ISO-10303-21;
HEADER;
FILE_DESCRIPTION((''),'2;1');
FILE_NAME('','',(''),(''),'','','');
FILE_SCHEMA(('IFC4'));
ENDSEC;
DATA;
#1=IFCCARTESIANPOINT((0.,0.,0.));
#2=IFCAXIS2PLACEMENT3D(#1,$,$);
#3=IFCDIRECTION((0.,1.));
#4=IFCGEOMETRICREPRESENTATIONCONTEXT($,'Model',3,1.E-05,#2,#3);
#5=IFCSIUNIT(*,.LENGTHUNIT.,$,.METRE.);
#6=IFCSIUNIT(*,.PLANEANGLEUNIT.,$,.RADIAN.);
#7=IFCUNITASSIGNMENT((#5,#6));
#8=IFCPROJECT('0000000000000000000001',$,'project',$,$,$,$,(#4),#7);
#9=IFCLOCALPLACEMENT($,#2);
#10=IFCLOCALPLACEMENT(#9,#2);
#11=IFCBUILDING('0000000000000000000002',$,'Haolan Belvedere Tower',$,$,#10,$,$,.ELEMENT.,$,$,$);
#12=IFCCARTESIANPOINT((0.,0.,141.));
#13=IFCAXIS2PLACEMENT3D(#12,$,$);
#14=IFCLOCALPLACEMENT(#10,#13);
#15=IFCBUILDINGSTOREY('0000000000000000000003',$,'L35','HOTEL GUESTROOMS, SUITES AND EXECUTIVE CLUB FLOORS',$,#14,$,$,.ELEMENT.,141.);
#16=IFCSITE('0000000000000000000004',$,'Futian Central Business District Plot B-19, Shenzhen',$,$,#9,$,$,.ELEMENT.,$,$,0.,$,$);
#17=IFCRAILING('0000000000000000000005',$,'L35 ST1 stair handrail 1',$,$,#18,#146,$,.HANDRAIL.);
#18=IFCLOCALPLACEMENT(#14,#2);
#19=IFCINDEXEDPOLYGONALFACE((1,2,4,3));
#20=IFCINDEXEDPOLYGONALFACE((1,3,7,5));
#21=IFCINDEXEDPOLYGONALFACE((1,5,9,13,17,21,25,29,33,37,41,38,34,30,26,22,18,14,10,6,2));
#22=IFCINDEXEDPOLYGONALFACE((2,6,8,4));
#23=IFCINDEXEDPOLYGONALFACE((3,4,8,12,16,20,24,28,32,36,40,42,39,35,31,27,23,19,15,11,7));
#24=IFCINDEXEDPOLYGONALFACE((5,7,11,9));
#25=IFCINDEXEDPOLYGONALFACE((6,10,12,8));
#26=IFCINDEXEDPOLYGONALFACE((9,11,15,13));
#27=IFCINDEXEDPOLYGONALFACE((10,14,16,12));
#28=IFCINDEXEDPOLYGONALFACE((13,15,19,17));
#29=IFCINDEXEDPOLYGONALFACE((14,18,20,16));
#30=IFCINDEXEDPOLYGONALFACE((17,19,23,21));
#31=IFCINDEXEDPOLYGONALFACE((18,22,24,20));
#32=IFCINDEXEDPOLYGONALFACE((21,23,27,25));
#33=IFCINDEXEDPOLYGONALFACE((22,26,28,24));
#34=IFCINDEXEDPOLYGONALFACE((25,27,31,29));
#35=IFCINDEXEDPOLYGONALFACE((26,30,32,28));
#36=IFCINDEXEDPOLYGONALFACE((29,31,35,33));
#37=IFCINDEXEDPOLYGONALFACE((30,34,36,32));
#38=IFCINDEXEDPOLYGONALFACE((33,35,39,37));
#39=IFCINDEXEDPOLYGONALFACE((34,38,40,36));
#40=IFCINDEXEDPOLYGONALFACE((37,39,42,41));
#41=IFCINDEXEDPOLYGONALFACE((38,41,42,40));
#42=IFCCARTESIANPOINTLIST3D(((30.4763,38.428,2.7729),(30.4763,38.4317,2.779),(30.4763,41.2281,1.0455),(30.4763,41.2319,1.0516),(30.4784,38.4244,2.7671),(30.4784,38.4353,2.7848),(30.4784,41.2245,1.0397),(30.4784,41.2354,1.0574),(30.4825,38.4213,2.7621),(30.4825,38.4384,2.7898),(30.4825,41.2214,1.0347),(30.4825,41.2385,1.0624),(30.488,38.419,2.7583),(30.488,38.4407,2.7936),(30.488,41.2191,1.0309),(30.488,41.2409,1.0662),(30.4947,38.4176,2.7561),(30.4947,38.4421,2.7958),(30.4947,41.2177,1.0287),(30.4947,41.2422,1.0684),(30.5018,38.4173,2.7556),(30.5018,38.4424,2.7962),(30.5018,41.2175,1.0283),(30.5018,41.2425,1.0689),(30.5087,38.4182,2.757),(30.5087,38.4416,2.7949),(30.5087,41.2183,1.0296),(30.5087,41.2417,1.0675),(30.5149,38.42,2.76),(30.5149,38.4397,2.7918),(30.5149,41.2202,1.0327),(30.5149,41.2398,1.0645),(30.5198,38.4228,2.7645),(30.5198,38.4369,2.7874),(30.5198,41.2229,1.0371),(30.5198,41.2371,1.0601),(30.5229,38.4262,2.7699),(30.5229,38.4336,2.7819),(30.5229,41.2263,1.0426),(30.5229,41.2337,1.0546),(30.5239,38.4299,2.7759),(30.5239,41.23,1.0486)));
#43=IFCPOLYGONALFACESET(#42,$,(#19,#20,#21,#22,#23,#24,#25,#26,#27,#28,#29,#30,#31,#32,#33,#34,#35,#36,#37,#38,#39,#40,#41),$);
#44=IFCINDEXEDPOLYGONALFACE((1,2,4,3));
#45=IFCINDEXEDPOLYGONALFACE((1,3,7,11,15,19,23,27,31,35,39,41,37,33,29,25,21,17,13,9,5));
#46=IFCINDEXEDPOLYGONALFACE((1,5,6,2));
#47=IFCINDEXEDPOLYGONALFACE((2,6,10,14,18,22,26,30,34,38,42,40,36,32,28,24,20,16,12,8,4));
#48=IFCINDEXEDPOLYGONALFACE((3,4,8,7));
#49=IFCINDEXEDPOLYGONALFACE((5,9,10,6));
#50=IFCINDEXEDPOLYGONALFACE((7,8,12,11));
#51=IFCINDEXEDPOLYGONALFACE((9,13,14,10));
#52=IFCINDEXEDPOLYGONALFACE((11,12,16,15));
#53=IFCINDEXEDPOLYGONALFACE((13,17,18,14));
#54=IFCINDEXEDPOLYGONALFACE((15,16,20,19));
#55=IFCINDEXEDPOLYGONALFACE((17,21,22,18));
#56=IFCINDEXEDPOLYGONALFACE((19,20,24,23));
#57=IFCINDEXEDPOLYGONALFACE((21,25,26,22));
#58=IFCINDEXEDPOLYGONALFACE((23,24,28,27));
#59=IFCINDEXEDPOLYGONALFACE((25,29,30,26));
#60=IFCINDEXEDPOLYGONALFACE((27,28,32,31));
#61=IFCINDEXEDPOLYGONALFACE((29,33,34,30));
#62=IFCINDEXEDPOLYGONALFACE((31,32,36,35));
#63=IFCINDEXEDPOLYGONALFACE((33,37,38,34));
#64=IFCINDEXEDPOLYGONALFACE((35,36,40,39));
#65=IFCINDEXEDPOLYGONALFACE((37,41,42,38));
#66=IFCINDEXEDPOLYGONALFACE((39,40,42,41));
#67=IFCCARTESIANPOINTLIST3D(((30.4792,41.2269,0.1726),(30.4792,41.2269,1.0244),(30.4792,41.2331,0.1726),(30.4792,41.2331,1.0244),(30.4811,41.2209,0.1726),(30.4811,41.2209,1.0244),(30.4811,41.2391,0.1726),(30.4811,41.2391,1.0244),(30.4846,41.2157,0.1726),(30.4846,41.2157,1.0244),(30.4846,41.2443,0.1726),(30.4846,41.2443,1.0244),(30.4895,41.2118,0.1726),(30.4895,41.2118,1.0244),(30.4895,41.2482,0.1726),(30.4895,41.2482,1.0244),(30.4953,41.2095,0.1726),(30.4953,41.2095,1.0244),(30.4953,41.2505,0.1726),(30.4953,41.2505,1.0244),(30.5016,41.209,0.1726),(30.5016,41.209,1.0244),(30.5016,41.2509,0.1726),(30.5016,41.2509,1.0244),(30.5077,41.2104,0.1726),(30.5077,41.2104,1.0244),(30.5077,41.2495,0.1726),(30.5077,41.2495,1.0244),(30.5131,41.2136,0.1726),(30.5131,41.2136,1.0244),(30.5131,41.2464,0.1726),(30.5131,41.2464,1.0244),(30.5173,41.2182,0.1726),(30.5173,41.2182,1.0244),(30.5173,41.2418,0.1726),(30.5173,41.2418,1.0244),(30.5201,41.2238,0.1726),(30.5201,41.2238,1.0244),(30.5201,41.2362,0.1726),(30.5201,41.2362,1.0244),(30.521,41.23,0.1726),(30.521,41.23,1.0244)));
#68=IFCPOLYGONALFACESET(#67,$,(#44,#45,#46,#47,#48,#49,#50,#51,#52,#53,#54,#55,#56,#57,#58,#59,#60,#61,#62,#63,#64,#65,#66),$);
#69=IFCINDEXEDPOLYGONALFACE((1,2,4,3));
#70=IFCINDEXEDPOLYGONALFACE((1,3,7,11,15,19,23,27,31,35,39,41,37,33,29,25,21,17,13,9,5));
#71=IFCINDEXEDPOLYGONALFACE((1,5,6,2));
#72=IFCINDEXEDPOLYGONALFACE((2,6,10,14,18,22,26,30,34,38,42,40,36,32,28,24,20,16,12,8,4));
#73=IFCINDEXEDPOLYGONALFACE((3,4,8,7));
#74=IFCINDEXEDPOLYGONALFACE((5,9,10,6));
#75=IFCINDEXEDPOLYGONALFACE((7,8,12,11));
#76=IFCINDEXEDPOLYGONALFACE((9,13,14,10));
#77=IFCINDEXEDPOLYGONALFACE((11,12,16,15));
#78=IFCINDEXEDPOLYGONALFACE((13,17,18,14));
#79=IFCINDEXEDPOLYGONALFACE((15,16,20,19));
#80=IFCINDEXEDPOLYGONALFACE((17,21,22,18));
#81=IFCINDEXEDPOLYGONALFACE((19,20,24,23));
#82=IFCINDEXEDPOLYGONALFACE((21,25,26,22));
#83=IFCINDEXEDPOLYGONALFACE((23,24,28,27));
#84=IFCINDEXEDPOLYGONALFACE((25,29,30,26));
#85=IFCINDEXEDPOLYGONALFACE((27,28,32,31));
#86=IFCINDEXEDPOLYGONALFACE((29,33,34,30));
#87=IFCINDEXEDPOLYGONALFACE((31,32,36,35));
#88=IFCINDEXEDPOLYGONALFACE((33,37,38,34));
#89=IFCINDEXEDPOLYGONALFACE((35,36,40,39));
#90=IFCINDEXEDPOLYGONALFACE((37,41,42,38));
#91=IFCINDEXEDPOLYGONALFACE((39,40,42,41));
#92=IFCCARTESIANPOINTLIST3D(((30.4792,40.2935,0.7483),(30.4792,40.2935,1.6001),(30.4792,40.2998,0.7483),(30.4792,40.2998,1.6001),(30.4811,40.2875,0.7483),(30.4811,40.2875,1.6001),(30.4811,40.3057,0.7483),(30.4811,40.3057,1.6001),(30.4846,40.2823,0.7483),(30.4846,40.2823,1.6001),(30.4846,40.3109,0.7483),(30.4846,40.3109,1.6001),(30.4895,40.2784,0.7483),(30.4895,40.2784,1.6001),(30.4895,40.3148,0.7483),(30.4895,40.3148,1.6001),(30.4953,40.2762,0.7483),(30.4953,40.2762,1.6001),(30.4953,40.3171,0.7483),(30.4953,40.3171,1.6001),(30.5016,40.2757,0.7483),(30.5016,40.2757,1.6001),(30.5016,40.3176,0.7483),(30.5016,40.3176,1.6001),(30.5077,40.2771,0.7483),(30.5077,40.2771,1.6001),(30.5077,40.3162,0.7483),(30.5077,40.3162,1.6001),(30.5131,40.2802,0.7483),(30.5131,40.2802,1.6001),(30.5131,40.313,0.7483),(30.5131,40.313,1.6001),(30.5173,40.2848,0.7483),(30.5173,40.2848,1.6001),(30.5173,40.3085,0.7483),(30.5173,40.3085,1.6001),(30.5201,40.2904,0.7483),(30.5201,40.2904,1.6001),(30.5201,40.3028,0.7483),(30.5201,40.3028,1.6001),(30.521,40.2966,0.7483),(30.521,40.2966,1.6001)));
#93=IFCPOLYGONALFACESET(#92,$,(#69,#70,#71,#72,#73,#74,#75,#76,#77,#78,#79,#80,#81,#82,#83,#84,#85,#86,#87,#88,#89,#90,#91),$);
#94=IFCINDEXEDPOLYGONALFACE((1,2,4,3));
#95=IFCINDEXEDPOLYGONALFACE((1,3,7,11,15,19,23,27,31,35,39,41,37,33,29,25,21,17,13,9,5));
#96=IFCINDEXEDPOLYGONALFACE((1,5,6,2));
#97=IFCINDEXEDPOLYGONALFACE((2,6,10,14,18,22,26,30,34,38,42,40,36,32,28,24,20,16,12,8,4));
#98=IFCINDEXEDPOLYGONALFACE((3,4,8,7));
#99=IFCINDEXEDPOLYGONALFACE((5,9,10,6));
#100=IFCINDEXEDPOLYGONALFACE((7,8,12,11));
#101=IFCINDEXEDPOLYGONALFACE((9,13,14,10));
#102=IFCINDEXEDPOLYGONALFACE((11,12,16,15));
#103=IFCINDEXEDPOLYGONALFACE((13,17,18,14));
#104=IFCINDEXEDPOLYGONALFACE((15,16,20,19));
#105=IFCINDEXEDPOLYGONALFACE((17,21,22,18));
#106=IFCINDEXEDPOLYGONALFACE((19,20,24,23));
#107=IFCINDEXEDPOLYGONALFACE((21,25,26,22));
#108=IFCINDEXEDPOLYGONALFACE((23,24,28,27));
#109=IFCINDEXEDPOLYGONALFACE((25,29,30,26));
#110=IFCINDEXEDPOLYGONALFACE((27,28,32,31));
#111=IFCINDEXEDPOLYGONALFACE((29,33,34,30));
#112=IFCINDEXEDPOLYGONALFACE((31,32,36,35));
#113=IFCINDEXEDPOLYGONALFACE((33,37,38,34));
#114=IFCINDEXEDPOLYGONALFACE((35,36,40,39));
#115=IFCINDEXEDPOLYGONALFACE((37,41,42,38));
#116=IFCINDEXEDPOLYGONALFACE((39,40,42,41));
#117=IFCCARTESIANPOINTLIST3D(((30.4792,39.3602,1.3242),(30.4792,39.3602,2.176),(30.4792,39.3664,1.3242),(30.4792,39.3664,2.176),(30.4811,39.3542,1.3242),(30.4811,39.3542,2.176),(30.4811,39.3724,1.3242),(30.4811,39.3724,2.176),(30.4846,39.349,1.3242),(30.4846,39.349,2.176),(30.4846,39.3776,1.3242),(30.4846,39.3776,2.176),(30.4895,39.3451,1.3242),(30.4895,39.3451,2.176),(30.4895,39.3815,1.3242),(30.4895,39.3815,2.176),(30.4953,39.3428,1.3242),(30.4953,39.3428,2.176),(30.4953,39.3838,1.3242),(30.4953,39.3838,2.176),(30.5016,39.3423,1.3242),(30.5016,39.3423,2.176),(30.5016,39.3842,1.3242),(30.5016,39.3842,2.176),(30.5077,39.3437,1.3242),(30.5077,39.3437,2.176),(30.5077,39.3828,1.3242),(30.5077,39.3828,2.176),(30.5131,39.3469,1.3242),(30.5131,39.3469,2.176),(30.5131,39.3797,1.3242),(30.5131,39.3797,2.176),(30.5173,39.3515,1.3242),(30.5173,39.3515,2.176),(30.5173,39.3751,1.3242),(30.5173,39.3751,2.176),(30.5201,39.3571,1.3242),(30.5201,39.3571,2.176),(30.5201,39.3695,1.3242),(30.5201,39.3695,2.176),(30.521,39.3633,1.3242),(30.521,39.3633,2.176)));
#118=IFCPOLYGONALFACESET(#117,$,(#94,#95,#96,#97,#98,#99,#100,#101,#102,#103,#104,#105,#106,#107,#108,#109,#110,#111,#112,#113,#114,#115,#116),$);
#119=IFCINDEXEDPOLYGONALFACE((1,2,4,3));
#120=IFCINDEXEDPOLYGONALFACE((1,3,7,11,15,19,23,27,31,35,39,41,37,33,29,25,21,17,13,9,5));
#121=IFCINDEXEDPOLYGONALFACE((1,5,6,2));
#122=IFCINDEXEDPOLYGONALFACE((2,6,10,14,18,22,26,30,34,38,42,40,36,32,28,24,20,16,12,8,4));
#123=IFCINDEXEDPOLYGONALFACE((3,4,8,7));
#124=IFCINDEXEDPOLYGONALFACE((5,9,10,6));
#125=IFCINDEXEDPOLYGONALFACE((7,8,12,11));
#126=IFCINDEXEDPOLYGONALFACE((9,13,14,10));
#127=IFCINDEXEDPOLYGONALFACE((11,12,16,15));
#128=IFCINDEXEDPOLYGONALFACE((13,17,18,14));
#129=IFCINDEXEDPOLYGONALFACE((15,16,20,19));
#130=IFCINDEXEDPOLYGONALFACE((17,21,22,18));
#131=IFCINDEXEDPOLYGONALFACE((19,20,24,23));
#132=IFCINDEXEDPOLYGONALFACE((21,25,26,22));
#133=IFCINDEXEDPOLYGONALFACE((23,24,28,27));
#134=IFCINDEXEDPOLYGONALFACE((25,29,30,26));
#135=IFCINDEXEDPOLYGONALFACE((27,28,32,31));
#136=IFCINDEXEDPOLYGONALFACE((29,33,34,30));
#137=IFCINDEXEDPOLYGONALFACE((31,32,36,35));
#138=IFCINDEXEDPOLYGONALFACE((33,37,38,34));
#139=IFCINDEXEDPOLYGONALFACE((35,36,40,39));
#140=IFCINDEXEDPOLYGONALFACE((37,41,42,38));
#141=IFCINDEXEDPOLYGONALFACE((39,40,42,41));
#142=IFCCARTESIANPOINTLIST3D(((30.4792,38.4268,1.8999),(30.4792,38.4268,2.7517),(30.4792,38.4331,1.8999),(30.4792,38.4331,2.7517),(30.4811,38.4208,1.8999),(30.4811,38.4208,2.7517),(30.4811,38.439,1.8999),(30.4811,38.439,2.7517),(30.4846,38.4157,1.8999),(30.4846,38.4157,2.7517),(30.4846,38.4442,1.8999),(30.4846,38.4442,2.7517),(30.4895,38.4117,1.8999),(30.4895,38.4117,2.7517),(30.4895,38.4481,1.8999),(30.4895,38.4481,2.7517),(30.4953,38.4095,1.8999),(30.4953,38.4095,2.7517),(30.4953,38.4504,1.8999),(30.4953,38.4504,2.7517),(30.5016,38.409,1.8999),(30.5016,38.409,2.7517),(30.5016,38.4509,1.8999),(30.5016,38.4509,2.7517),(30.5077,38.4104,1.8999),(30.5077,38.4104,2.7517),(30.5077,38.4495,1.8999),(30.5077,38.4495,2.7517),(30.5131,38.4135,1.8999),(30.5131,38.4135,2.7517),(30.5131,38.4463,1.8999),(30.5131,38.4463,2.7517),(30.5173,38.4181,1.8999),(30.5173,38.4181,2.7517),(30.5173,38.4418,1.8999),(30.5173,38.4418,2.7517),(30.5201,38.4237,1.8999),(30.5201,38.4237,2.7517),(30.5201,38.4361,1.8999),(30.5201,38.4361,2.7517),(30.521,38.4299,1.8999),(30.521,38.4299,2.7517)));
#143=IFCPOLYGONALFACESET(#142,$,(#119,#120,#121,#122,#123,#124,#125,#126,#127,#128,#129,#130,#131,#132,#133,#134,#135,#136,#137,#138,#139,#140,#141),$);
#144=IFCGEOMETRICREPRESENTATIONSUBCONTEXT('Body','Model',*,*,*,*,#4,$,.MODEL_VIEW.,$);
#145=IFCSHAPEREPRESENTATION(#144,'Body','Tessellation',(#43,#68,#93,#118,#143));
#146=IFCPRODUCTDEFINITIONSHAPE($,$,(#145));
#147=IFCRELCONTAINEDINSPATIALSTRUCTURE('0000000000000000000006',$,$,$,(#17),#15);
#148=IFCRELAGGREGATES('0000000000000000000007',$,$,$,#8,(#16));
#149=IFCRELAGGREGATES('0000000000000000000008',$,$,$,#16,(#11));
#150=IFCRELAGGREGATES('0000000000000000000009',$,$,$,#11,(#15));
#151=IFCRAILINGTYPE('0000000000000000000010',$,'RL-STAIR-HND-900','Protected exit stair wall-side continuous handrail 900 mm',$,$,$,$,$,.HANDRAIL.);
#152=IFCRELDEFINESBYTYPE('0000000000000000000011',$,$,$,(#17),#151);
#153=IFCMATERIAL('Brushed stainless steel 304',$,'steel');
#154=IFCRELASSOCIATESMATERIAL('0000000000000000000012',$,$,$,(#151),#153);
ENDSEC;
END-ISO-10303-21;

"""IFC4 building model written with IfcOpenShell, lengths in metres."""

from ifc_helpers import new_model, si_unit, direction, frame, origin, origin_2d, place, context, subcontext, project, spatial, circle, extrude, material, type_object, element, save


model = new_model("IFC4")

# Units and contexts
model_context = context("Model", 3, precision=1e-05, world=origin(), true_north=direction((0.0, 1.0)))
body_context = subcontext(model_context, "Body", "Model", "MODEL_VIEW")
ifc_project = project(units=[si_unit("LENGTHUNIT", "METRE"), si_unit("PLANEANGLEUNIT", "RADIAN")], contexts=[model_context])

# Site, building, storey
site_placement = place(None, origin())
site = spatial("IfcSite", under=ifc_project, at=site_placement, Name="Futian Central Business District Plot B-19, Shenzhen", CompositionType="ELEMENT", RefElevation=0.0)
building_placement = place(site_placement, origin())
building = spatial("IfcBuilding", under=site, at=building_placement, Name="Haolan Belvedere Tower", CompositionType="ELEMENT")
storey_placement = place(building_placement, frame((0.0, 0.0, 141.0)))
storey = spatial("IfcBuildingStorey", under=building, at=storey_placement, Name="L35", Description="HOTEL GUESTROOMS, SUITES AND EXECUTIVE CLUB FLOORS", CompositionType="ELEMENT", Elevation=141.0)

# Railing
ifc_material_1 = material(Name="Brushed stainless steel 304", Category="steel")
railing_type_1 = type_object("IfcRailingType", Name="RL-STAIR-HND-900", Description="Protected exit stair wall-side continuous handrail 900 mm", PredefinedType="HANDRAIL", material=ifc_material_1)
railing_1_placement = place(storey_placement, frame((30.5, 41.23, 0.1726)))
element("IfcRailing", 1, at=railing_1_placement, inside=storey, type_object=railing_type_1, Name="L35 ST1 stair handrail 1", PredefinedType="HANDRAIL", context=body_context, shape_type="SweptSolid", body=[
    extrude(circle(Radius=0.0239, at=origin_2d()), frame((0.0, 0.0, 0.876), z_axis=(0.0, -0.85109, 0.52502), x_axis=(1.0, 0.0, 0.0)), (0.0, 0.0, 1.0), 3.29),
    extrude(circle(Radius=0.021, at=origin_2d()), origin(), (0.0, 0.0, 1.0), 0.8518),
    extrude(circle(Radius=0.021, at=origin_2d()), frame((0.0, -0.9333, 0.5757)), (0.0, 0.0, 1.0), 0.8518),
    extrude(circle(Radius=0.021, at=origin_2d()), frame((0.0, -1.8667, 1.1516)), (0.0, 0.0, 1.0), 0.8518),
    extrude(circle(Radius=0.021, at=origin_2d()), frame((0.0, -2.8, 1.7273)), (0.0, 0.0, 1.0), 0.8518),
])

save(model, "model.ifc")
